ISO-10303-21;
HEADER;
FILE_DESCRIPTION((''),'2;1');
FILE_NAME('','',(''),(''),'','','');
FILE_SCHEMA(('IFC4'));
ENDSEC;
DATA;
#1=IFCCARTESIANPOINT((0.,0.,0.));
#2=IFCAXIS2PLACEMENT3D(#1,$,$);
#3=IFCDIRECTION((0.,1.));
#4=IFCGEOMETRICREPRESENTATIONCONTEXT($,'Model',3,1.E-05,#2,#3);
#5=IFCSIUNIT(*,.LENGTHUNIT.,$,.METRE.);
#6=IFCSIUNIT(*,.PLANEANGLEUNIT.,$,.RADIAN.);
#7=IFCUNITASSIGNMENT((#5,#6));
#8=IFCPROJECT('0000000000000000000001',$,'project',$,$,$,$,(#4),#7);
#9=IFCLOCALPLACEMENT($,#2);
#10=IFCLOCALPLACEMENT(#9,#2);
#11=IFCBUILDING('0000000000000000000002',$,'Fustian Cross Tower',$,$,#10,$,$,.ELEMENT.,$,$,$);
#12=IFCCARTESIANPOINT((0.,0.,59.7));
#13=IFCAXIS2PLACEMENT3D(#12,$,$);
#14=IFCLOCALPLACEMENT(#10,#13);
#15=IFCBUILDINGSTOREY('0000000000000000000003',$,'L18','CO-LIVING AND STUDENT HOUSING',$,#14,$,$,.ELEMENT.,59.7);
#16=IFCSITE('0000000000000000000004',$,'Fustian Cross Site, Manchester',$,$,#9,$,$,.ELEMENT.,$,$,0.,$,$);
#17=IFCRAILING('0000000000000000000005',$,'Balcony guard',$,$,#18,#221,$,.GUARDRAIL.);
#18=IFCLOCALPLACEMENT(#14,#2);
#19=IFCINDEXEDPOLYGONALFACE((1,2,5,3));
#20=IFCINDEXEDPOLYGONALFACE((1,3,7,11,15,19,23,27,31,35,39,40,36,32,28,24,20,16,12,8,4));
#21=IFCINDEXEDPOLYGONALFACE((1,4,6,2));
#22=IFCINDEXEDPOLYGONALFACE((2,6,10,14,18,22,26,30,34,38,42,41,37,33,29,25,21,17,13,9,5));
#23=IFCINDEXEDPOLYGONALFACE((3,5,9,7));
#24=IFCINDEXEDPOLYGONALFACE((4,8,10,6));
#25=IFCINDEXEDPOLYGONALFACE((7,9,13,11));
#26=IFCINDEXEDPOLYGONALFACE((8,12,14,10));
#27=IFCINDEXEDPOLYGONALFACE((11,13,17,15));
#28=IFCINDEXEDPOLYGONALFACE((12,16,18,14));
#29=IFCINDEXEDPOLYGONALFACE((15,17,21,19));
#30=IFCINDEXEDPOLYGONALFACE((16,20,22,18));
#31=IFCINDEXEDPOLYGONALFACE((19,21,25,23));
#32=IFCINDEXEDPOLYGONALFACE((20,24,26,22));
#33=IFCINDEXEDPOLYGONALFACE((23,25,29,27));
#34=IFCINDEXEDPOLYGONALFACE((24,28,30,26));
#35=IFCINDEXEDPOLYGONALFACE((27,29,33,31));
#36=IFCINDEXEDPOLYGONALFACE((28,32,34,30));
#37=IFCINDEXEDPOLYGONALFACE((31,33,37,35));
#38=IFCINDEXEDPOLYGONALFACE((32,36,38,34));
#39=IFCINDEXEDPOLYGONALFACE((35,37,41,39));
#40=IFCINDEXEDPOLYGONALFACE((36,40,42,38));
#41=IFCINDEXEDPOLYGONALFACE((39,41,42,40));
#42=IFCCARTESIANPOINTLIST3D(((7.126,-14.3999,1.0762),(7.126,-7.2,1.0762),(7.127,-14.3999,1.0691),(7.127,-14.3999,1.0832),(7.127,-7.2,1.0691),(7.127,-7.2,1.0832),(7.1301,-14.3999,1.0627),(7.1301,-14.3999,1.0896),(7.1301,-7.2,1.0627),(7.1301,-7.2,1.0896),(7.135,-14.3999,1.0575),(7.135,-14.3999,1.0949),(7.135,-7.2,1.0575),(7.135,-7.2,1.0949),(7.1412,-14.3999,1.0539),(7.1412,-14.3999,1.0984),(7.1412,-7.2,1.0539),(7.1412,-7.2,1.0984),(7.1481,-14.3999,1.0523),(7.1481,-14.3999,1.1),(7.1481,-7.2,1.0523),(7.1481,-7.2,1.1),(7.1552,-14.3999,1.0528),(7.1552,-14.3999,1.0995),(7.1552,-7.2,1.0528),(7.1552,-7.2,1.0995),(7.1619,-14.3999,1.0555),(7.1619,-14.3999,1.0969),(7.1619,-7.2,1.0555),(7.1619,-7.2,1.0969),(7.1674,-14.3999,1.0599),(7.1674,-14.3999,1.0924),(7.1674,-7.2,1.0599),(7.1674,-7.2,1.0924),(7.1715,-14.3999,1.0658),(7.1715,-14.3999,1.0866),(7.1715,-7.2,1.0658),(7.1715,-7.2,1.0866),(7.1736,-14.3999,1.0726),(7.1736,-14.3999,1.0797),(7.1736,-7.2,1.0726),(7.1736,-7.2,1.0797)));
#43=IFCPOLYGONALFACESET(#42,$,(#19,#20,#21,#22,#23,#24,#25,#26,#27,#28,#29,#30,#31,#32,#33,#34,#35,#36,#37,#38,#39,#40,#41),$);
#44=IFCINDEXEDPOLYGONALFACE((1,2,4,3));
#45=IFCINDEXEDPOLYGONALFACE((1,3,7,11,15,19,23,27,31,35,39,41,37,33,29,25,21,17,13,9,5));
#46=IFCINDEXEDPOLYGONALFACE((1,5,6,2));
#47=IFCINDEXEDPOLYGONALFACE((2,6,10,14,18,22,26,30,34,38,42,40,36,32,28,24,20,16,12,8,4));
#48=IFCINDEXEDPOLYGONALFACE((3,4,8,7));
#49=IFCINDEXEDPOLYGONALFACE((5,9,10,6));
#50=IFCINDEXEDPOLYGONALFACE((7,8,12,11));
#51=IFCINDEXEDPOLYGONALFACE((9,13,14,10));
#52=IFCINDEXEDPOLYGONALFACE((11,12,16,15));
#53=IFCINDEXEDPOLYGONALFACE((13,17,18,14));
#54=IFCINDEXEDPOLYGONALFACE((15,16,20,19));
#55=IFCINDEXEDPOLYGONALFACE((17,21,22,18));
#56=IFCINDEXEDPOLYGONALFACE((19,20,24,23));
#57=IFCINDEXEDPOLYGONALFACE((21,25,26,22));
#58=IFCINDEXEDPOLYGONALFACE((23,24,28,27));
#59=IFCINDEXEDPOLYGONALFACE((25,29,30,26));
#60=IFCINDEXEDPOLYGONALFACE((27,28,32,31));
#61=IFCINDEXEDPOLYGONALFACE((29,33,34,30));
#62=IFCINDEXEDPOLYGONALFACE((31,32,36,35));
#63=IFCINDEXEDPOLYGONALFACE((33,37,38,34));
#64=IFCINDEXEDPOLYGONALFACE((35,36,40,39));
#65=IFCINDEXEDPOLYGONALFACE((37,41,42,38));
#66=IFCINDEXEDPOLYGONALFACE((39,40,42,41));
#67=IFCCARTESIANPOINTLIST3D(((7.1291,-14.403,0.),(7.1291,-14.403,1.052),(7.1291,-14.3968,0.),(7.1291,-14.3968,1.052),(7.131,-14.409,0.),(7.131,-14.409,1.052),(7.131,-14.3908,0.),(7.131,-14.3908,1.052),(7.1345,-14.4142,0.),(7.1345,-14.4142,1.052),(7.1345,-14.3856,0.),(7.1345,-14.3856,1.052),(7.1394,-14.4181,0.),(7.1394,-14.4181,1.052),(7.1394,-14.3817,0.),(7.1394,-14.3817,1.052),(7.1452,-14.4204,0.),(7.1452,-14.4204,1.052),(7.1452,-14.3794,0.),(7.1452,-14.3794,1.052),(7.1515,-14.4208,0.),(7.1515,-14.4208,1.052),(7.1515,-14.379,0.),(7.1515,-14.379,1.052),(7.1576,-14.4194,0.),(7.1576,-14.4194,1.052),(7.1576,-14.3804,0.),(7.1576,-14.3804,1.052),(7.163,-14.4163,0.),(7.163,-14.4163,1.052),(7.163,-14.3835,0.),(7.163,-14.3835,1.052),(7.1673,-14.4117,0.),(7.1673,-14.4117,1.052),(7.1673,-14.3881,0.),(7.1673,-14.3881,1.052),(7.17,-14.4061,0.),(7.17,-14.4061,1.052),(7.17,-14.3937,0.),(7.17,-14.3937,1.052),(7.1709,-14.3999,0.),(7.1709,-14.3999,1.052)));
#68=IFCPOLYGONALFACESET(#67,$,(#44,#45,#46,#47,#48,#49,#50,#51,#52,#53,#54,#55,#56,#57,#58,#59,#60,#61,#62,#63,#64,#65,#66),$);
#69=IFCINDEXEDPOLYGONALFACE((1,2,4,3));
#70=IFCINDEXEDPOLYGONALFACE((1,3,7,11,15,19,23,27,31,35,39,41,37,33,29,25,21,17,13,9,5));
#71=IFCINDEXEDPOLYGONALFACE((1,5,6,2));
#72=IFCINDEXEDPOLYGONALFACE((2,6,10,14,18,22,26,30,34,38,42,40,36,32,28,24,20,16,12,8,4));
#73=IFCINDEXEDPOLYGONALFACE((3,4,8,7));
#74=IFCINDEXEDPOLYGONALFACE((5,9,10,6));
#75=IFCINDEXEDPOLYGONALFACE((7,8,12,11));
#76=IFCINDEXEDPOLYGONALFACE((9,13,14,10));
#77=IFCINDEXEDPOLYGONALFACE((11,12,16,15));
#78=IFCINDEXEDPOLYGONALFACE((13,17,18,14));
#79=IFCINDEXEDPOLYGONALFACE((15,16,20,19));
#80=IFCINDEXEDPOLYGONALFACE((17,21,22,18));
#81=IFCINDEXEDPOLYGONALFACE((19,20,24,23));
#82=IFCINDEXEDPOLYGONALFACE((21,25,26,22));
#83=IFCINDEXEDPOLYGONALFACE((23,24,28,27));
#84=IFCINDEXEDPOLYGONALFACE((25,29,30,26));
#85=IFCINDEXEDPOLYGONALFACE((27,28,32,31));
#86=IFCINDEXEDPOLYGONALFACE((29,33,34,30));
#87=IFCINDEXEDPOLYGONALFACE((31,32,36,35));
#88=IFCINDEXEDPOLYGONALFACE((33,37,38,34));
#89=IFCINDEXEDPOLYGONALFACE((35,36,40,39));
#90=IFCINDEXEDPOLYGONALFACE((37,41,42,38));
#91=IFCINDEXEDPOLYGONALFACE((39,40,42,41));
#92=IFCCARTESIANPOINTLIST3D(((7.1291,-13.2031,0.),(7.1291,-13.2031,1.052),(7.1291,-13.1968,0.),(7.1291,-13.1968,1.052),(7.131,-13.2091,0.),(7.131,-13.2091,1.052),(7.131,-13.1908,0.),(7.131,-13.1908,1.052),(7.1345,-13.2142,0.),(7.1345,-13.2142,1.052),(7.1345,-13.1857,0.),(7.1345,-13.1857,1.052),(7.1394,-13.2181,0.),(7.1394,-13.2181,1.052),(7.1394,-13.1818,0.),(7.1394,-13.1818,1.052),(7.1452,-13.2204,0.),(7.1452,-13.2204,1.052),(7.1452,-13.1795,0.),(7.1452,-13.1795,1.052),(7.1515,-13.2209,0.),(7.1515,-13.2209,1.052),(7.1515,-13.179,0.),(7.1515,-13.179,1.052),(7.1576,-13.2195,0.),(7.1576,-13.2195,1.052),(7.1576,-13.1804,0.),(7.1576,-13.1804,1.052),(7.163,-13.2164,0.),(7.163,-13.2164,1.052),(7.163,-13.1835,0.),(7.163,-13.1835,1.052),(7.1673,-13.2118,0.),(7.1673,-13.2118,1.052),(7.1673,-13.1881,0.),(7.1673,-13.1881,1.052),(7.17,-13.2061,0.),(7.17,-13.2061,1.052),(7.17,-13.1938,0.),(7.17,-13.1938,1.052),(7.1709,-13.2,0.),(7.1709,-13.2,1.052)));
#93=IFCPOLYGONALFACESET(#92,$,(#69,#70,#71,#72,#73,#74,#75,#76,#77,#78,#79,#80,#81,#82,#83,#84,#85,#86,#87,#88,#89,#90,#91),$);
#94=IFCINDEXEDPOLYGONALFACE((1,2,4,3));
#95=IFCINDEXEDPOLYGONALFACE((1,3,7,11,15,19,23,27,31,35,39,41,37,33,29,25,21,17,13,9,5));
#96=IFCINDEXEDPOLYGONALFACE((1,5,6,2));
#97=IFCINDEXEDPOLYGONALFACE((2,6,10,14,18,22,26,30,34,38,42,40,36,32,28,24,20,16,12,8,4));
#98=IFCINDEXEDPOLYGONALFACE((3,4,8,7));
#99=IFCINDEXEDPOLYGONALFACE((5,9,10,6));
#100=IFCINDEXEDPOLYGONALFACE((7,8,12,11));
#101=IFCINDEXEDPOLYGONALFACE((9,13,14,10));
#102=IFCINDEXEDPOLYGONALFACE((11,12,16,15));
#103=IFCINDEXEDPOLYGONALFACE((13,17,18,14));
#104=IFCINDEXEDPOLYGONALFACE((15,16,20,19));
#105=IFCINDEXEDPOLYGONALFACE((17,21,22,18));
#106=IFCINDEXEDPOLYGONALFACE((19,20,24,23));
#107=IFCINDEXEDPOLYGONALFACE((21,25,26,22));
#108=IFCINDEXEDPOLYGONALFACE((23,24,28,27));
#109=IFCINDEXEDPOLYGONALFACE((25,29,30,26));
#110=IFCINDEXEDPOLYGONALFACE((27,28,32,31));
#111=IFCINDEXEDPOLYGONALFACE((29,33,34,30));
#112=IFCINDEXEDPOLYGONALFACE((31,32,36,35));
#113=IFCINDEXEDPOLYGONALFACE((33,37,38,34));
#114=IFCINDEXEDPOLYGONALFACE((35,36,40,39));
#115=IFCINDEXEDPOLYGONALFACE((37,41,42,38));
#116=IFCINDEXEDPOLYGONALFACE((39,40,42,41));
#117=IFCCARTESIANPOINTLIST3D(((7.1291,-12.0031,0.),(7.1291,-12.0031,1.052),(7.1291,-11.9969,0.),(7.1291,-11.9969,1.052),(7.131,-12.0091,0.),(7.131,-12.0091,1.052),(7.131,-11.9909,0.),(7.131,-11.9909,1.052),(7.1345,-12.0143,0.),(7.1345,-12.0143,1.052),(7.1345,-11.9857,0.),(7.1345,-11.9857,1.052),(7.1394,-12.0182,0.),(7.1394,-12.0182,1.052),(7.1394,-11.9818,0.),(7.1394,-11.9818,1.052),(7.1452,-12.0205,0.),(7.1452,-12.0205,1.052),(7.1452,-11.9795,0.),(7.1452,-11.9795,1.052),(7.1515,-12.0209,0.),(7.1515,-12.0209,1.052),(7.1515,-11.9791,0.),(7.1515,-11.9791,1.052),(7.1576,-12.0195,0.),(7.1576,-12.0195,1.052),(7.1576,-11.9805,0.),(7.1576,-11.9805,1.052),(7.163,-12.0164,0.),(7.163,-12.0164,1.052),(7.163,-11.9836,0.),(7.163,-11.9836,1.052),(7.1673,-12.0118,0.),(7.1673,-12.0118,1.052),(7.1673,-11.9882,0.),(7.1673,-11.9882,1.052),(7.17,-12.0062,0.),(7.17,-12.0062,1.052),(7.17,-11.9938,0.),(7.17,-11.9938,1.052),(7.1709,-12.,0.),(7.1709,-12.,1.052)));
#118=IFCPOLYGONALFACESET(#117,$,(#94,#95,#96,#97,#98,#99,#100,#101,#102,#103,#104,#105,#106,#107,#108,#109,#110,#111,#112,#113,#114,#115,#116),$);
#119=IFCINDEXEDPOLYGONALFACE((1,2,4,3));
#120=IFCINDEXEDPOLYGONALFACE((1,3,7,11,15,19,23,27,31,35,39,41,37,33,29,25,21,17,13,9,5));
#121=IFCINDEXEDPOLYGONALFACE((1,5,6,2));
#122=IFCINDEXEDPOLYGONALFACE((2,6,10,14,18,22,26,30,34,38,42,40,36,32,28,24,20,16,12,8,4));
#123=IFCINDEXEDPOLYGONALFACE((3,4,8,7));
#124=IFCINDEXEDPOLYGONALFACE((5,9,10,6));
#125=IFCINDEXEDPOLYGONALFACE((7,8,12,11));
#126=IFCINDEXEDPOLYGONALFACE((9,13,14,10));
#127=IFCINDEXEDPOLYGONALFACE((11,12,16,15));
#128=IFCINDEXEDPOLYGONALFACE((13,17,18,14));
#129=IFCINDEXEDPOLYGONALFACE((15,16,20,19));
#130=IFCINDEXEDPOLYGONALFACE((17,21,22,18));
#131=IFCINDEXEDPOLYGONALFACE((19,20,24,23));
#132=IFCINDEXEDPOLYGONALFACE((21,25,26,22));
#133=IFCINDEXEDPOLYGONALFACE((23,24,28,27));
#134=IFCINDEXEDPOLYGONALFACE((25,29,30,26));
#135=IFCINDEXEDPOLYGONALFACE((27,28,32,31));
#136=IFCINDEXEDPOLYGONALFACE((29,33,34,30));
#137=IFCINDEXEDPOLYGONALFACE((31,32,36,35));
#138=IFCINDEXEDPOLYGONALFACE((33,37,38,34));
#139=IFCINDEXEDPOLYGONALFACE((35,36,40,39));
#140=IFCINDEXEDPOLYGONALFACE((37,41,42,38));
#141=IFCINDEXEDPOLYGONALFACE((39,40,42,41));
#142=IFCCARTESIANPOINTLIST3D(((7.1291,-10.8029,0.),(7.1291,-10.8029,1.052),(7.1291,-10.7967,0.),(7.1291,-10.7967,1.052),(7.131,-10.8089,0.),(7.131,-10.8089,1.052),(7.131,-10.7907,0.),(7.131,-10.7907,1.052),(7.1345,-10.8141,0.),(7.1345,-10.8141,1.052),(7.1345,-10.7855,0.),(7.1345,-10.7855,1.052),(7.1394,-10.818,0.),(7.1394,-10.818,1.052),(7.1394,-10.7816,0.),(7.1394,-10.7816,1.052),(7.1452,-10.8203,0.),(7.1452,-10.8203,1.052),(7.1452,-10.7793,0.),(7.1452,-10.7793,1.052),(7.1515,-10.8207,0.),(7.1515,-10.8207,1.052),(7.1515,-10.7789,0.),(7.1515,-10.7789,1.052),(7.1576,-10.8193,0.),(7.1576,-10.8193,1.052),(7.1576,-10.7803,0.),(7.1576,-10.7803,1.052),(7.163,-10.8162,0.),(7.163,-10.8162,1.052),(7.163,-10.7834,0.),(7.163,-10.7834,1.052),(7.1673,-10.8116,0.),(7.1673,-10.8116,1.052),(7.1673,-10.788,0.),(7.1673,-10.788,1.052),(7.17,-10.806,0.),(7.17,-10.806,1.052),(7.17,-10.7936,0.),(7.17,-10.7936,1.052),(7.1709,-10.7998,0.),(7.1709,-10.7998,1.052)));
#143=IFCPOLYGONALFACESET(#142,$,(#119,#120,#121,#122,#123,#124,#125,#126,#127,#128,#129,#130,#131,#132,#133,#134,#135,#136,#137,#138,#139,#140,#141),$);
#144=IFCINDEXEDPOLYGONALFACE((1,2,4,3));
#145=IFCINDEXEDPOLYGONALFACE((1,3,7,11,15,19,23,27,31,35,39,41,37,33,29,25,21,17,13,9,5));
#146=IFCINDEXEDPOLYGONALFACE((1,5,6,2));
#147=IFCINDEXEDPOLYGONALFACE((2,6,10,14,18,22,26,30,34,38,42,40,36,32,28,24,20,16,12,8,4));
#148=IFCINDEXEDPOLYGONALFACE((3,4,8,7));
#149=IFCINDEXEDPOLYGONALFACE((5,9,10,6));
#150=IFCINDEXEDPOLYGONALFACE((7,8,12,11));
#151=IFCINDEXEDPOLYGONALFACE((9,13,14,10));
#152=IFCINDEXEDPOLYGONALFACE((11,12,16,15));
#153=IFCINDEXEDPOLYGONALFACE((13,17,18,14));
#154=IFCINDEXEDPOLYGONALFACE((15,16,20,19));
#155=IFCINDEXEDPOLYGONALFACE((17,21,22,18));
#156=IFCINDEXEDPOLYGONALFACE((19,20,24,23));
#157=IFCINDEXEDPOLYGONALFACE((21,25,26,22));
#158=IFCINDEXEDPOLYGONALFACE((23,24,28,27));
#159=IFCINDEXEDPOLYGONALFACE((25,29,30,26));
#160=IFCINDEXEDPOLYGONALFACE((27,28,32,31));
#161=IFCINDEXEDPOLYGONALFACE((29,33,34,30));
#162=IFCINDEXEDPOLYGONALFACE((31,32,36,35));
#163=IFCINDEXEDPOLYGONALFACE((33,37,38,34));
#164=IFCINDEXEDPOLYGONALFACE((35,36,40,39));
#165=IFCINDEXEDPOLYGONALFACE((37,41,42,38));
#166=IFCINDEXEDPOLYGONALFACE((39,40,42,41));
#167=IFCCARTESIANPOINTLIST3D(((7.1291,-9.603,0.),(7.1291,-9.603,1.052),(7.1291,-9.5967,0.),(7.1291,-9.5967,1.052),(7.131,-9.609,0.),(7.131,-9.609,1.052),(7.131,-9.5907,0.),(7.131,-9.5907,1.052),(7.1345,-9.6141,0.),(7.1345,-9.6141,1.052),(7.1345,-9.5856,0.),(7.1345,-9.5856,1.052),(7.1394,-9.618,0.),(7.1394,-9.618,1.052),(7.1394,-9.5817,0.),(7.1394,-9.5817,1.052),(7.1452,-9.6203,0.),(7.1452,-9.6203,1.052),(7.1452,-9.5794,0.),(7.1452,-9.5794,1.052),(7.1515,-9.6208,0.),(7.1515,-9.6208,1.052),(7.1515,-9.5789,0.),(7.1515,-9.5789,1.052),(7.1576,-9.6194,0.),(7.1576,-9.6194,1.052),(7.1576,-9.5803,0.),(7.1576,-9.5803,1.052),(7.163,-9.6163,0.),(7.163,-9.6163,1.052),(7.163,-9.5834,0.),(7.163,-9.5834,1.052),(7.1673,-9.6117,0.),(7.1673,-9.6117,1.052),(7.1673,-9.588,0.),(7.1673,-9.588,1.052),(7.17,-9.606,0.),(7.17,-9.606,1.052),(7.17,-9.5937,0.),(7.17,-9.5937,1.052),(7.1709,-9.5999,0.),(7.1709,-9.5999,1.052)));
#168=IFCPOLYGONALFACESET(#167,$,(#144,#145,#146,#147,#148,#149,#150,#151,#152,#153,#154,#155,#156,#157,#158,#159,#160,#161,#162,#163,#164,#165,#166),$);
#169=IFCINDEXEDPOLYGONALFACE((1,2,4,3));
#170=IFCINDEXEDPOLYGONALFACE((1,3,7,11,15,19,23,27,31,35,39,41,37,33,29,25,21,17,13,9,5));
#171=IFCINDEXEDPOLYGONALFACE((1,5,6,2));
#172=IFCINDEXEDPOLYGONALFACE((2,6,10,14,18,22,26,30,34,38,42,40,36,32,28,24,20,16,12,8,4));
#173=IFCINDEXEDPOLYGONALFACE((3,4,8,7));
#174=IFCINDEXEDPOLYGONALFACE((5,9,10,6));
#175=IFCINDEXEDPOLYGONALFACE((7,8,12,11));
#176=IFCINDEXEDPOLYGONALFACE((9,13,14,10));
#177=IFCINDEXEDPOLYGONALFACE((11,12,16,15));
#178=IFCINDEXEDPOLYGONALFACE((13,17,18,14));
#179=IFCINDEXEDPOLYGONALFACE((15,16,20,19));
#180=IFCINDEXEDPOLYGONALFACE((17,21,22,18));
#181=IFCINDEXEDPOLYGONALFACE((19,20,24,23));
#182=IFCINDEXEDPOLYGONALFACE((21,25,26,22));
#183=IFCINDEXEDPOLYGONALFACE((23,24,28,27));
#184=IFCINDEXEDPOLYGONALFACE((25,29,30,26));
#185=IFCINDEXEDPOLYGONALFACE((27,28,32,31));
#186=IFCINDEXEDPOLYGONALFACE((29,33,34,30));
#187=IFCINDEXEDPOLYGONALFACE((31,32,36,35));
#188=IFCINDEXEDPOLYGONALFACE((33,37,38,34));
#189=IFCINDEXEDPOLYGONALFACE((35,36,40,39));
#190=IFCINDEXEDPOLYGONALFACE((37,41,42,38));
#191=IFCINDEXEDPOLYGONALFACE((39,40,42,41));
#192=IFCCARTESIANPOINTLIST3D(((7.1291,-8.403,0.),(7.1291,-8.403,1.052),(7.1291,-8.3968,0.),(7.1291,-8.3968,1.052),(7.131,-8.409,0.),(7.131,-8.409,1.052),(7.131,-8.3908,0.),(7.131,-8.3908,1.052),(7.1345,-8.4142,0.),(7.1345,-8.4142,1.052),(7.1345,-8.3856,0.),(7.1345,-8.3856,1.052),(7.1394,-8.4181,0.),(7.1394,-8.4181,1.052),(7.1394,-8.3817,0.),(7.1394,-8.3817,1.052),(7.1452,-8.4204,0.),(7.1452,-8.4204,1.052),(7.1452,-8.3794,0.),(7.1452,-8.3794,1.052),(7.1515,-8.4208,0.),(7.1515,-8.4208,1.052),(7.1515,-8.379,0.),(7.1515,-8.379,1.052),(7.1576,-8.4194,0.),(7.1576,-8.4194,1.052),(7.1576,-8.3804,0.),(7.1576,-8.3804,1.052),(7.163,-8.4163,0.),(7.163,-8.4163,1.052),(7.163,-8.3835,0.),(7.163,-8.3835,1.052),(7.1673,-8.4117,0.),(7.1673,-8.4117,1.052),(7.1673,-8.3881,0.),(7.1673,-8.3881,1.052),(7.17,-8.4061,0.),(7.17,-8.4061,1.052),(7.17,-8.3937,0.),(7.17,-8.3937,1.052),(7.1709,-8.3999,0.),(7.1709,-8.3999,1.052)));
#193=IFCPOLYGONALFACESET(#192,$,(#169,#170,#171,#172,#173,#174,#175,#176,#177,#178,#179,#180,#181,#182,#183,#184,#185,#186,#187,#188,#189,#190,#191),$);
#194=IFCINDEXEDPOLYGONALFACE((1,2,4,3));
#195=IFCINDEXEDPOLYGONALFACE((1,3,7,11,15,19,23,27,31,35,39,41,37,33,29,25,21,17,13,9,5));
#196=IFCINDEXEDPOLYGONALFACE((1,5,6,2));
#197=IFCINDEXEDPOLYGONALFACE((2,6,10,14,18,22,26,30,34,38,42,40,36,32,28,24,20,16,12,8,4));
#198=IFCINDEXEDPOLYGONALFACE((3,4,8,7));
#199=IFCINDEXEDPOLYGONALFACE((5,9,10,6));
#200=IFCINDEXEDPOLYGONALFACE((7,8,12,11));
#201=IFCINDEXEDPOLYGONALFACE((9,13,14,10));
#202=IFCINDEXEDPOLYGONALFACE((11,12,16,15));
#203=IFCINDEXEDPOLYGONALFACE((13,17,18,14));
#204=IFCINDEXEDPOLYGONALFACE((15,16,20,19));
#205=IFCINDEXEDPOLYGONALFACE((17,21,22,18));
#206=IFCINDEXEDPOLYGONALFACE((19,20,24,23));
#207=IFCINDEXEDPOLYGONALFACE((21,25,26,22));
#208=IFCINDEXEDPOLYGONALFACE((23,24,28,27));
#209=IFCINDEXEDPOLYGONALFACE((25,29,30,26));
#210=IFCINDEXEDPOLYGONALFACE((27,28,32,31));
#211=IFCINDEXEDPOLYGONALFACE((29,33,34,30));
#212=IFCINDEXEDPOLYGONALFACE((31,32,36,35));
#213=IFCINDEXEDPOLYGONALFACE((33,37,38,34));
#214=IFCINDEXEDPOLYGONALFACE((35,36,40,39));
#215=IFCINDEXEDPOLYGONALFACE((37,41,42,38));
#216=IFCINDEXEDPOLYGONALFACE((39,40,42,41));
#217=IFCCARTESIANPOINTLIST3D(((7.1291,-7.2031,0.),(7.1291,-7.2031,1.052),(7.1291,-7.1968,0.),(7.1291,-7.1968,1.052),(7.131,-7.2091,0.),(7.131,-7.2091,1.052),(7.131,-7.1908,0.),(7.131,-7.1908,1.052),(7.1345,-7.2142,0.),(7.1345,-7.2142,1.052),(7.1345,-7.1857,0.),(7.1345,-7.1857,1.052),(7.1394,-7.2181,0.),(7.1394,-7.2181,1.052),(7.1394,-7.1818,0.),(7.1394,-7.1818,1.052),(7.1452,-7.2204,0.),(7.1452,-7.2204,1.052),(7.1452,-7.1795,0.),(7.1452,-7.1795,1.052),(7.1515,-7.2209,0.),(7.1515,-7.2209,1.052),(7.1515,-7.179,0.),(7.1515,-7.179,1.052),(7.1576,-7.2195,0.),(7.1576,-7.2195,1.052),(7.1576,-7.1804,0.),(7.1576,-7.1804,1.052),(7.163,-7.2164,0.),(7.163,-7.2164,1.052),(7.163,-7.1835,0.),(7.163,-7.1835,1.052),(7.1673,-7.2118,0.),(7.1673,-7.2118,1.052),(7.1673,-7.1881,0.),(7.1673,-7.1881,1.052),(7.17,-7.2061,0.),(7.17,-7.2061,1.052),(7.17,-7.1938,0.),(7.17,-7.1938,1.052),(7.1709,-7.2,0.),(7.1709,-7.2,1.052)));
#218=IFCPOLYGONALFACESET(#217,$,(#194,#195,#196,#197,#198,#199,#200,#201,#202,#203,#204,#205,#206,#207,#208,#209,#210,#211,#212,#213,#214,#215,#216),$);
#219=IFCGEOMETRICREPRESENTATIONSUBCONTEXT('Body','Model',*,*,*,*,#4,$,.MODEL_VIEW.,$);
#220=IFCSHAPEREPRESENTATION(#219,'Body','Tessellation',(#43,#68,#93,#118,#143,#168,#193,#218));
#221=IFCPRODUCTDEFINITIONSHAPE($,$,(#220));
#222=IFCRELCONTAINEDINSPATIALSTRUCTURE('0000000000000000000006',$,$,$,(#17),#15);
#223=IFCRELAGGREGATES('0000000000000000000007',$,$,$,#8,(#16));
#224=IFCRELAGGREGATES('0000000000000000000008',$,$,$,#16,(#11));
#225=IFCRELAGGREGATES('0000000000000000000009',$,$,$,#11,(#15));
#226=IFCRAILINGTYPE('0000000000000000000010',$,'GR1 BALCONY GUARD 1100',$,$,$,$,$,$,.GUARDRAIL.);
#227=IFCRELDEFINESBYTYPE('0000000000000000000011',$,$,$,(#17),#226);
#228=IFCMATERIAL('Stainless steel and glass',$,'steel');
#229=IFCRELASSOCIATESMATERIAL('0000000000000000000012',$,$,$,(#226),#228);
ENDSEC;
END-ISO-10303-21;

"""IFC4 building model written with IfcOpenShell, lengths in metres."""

from ifc_helpers import new_model, si_unit, direction, frame, origin, origin_2d, place, context, subcontext, project, spatial, circle, extrude, material, type_object, element, save


model = new_model("IFC4")

# Units and contexts
model_context = context("Model", 3, precision=1e-05, world=origin(), true_north=direction((0.0, 1.0)))
body_context = subcontext(model_context, "Body", "Model", "MODEL_VIEW")
ifc_project = project(units=[si_unit("LENGTHUNIT", "METRE"), si_unit("PLANEANGLEUNIT", "RADIAN")], contexts=[model_context])

# Site, building, storey
site_placement = place(None, origin())
site = spatial("IfcSite", under=ifc_project, at=site_placement, Name="Fustian Cross Site, Manchester", CompositionType="ELEMENT", RefElevation=0.0)
building_placement = place(site_placement, origin())
building = spatial("IfcBuilding", under=site, at=building_placement, Name="Fustian Cross Tower", CompositionType="ELEMENT")
storey_placement = place(building_placement, frame((0.0, 0.0, 59.7)))
storey = spatial("IfcBuildingStorey", under=building, at=storey_placement, Name="L18", Description="CO-LIVING AND STUDENT HOUSING", CompositionType="ELEMENT", Elevation=59.7)

# Railing
ifc_material_1 = material(Name="Stainless steel and glass", Category="steel")
railing_type = type_object("IfcRailingType", Name="GR1 BALCONY GUARD 1100", PredefinedType="GUARDRAIL", material=ifc_material_1)
railing_placement = place(storey_placement, frame((7.1499, -14.3999, 0.0)))
element("IfcRailing", 1, at=railing_placement, inside=storey, type_object=railing_type, Name="Balcony guard", PredefinedType="GUARDRAIL", context=body_context, shape_type="SweptSolid", body=[
    extrude(circle(Radius=0.0239, at=origin_2d()), frame((0.0, 0.0, 1.0762), z_axis=(0.0, 1.0, 0.0), x_axis=(-1.0, 0.0, 0.0)), (0.0, 0.0, 1.0), 7.2),
    extrude(circle(Radius=0.021, at=origin_2d()), origin(), (0.0, 0.0, 1.0), 1.052),
    extrude(circle(Radius=0.021, at=origin_2d()), frame((0.0, 1.2, 0.0)), (0.0, 0.0, 1.0), 1.052),
    extrude(circle(Radius=0.021, at=origin_2d()), frame((0.0, 2.3999, 0.0)), (0.0, 0.0, 1.0), 1.052),
    extrude(circle(Radius=0.021, at=origin_2d()), frame((0.0, 3.6001, 0.0)), (0.0, 0.0, 1.0), 1.052),
    extrude(circle(Radius=0.021, at=origin_2d()), frame((0.0, 4.8, 0.0)), (0.0, 0.0, 1.0), 1.052),
    extrude(circle(Radius=0.021, at=origin_2d()), frame((0.0, 6.0, 0.0)), (0.0, 0.0, 1.0), 1.052),
    extrude(circle(Radius=0.021, at=origin_2d()), frame((0.0, 7.2, 0.0)), (0.0, 0.0, 1.0), 1.052),
])

save(model, "model.ifc")
